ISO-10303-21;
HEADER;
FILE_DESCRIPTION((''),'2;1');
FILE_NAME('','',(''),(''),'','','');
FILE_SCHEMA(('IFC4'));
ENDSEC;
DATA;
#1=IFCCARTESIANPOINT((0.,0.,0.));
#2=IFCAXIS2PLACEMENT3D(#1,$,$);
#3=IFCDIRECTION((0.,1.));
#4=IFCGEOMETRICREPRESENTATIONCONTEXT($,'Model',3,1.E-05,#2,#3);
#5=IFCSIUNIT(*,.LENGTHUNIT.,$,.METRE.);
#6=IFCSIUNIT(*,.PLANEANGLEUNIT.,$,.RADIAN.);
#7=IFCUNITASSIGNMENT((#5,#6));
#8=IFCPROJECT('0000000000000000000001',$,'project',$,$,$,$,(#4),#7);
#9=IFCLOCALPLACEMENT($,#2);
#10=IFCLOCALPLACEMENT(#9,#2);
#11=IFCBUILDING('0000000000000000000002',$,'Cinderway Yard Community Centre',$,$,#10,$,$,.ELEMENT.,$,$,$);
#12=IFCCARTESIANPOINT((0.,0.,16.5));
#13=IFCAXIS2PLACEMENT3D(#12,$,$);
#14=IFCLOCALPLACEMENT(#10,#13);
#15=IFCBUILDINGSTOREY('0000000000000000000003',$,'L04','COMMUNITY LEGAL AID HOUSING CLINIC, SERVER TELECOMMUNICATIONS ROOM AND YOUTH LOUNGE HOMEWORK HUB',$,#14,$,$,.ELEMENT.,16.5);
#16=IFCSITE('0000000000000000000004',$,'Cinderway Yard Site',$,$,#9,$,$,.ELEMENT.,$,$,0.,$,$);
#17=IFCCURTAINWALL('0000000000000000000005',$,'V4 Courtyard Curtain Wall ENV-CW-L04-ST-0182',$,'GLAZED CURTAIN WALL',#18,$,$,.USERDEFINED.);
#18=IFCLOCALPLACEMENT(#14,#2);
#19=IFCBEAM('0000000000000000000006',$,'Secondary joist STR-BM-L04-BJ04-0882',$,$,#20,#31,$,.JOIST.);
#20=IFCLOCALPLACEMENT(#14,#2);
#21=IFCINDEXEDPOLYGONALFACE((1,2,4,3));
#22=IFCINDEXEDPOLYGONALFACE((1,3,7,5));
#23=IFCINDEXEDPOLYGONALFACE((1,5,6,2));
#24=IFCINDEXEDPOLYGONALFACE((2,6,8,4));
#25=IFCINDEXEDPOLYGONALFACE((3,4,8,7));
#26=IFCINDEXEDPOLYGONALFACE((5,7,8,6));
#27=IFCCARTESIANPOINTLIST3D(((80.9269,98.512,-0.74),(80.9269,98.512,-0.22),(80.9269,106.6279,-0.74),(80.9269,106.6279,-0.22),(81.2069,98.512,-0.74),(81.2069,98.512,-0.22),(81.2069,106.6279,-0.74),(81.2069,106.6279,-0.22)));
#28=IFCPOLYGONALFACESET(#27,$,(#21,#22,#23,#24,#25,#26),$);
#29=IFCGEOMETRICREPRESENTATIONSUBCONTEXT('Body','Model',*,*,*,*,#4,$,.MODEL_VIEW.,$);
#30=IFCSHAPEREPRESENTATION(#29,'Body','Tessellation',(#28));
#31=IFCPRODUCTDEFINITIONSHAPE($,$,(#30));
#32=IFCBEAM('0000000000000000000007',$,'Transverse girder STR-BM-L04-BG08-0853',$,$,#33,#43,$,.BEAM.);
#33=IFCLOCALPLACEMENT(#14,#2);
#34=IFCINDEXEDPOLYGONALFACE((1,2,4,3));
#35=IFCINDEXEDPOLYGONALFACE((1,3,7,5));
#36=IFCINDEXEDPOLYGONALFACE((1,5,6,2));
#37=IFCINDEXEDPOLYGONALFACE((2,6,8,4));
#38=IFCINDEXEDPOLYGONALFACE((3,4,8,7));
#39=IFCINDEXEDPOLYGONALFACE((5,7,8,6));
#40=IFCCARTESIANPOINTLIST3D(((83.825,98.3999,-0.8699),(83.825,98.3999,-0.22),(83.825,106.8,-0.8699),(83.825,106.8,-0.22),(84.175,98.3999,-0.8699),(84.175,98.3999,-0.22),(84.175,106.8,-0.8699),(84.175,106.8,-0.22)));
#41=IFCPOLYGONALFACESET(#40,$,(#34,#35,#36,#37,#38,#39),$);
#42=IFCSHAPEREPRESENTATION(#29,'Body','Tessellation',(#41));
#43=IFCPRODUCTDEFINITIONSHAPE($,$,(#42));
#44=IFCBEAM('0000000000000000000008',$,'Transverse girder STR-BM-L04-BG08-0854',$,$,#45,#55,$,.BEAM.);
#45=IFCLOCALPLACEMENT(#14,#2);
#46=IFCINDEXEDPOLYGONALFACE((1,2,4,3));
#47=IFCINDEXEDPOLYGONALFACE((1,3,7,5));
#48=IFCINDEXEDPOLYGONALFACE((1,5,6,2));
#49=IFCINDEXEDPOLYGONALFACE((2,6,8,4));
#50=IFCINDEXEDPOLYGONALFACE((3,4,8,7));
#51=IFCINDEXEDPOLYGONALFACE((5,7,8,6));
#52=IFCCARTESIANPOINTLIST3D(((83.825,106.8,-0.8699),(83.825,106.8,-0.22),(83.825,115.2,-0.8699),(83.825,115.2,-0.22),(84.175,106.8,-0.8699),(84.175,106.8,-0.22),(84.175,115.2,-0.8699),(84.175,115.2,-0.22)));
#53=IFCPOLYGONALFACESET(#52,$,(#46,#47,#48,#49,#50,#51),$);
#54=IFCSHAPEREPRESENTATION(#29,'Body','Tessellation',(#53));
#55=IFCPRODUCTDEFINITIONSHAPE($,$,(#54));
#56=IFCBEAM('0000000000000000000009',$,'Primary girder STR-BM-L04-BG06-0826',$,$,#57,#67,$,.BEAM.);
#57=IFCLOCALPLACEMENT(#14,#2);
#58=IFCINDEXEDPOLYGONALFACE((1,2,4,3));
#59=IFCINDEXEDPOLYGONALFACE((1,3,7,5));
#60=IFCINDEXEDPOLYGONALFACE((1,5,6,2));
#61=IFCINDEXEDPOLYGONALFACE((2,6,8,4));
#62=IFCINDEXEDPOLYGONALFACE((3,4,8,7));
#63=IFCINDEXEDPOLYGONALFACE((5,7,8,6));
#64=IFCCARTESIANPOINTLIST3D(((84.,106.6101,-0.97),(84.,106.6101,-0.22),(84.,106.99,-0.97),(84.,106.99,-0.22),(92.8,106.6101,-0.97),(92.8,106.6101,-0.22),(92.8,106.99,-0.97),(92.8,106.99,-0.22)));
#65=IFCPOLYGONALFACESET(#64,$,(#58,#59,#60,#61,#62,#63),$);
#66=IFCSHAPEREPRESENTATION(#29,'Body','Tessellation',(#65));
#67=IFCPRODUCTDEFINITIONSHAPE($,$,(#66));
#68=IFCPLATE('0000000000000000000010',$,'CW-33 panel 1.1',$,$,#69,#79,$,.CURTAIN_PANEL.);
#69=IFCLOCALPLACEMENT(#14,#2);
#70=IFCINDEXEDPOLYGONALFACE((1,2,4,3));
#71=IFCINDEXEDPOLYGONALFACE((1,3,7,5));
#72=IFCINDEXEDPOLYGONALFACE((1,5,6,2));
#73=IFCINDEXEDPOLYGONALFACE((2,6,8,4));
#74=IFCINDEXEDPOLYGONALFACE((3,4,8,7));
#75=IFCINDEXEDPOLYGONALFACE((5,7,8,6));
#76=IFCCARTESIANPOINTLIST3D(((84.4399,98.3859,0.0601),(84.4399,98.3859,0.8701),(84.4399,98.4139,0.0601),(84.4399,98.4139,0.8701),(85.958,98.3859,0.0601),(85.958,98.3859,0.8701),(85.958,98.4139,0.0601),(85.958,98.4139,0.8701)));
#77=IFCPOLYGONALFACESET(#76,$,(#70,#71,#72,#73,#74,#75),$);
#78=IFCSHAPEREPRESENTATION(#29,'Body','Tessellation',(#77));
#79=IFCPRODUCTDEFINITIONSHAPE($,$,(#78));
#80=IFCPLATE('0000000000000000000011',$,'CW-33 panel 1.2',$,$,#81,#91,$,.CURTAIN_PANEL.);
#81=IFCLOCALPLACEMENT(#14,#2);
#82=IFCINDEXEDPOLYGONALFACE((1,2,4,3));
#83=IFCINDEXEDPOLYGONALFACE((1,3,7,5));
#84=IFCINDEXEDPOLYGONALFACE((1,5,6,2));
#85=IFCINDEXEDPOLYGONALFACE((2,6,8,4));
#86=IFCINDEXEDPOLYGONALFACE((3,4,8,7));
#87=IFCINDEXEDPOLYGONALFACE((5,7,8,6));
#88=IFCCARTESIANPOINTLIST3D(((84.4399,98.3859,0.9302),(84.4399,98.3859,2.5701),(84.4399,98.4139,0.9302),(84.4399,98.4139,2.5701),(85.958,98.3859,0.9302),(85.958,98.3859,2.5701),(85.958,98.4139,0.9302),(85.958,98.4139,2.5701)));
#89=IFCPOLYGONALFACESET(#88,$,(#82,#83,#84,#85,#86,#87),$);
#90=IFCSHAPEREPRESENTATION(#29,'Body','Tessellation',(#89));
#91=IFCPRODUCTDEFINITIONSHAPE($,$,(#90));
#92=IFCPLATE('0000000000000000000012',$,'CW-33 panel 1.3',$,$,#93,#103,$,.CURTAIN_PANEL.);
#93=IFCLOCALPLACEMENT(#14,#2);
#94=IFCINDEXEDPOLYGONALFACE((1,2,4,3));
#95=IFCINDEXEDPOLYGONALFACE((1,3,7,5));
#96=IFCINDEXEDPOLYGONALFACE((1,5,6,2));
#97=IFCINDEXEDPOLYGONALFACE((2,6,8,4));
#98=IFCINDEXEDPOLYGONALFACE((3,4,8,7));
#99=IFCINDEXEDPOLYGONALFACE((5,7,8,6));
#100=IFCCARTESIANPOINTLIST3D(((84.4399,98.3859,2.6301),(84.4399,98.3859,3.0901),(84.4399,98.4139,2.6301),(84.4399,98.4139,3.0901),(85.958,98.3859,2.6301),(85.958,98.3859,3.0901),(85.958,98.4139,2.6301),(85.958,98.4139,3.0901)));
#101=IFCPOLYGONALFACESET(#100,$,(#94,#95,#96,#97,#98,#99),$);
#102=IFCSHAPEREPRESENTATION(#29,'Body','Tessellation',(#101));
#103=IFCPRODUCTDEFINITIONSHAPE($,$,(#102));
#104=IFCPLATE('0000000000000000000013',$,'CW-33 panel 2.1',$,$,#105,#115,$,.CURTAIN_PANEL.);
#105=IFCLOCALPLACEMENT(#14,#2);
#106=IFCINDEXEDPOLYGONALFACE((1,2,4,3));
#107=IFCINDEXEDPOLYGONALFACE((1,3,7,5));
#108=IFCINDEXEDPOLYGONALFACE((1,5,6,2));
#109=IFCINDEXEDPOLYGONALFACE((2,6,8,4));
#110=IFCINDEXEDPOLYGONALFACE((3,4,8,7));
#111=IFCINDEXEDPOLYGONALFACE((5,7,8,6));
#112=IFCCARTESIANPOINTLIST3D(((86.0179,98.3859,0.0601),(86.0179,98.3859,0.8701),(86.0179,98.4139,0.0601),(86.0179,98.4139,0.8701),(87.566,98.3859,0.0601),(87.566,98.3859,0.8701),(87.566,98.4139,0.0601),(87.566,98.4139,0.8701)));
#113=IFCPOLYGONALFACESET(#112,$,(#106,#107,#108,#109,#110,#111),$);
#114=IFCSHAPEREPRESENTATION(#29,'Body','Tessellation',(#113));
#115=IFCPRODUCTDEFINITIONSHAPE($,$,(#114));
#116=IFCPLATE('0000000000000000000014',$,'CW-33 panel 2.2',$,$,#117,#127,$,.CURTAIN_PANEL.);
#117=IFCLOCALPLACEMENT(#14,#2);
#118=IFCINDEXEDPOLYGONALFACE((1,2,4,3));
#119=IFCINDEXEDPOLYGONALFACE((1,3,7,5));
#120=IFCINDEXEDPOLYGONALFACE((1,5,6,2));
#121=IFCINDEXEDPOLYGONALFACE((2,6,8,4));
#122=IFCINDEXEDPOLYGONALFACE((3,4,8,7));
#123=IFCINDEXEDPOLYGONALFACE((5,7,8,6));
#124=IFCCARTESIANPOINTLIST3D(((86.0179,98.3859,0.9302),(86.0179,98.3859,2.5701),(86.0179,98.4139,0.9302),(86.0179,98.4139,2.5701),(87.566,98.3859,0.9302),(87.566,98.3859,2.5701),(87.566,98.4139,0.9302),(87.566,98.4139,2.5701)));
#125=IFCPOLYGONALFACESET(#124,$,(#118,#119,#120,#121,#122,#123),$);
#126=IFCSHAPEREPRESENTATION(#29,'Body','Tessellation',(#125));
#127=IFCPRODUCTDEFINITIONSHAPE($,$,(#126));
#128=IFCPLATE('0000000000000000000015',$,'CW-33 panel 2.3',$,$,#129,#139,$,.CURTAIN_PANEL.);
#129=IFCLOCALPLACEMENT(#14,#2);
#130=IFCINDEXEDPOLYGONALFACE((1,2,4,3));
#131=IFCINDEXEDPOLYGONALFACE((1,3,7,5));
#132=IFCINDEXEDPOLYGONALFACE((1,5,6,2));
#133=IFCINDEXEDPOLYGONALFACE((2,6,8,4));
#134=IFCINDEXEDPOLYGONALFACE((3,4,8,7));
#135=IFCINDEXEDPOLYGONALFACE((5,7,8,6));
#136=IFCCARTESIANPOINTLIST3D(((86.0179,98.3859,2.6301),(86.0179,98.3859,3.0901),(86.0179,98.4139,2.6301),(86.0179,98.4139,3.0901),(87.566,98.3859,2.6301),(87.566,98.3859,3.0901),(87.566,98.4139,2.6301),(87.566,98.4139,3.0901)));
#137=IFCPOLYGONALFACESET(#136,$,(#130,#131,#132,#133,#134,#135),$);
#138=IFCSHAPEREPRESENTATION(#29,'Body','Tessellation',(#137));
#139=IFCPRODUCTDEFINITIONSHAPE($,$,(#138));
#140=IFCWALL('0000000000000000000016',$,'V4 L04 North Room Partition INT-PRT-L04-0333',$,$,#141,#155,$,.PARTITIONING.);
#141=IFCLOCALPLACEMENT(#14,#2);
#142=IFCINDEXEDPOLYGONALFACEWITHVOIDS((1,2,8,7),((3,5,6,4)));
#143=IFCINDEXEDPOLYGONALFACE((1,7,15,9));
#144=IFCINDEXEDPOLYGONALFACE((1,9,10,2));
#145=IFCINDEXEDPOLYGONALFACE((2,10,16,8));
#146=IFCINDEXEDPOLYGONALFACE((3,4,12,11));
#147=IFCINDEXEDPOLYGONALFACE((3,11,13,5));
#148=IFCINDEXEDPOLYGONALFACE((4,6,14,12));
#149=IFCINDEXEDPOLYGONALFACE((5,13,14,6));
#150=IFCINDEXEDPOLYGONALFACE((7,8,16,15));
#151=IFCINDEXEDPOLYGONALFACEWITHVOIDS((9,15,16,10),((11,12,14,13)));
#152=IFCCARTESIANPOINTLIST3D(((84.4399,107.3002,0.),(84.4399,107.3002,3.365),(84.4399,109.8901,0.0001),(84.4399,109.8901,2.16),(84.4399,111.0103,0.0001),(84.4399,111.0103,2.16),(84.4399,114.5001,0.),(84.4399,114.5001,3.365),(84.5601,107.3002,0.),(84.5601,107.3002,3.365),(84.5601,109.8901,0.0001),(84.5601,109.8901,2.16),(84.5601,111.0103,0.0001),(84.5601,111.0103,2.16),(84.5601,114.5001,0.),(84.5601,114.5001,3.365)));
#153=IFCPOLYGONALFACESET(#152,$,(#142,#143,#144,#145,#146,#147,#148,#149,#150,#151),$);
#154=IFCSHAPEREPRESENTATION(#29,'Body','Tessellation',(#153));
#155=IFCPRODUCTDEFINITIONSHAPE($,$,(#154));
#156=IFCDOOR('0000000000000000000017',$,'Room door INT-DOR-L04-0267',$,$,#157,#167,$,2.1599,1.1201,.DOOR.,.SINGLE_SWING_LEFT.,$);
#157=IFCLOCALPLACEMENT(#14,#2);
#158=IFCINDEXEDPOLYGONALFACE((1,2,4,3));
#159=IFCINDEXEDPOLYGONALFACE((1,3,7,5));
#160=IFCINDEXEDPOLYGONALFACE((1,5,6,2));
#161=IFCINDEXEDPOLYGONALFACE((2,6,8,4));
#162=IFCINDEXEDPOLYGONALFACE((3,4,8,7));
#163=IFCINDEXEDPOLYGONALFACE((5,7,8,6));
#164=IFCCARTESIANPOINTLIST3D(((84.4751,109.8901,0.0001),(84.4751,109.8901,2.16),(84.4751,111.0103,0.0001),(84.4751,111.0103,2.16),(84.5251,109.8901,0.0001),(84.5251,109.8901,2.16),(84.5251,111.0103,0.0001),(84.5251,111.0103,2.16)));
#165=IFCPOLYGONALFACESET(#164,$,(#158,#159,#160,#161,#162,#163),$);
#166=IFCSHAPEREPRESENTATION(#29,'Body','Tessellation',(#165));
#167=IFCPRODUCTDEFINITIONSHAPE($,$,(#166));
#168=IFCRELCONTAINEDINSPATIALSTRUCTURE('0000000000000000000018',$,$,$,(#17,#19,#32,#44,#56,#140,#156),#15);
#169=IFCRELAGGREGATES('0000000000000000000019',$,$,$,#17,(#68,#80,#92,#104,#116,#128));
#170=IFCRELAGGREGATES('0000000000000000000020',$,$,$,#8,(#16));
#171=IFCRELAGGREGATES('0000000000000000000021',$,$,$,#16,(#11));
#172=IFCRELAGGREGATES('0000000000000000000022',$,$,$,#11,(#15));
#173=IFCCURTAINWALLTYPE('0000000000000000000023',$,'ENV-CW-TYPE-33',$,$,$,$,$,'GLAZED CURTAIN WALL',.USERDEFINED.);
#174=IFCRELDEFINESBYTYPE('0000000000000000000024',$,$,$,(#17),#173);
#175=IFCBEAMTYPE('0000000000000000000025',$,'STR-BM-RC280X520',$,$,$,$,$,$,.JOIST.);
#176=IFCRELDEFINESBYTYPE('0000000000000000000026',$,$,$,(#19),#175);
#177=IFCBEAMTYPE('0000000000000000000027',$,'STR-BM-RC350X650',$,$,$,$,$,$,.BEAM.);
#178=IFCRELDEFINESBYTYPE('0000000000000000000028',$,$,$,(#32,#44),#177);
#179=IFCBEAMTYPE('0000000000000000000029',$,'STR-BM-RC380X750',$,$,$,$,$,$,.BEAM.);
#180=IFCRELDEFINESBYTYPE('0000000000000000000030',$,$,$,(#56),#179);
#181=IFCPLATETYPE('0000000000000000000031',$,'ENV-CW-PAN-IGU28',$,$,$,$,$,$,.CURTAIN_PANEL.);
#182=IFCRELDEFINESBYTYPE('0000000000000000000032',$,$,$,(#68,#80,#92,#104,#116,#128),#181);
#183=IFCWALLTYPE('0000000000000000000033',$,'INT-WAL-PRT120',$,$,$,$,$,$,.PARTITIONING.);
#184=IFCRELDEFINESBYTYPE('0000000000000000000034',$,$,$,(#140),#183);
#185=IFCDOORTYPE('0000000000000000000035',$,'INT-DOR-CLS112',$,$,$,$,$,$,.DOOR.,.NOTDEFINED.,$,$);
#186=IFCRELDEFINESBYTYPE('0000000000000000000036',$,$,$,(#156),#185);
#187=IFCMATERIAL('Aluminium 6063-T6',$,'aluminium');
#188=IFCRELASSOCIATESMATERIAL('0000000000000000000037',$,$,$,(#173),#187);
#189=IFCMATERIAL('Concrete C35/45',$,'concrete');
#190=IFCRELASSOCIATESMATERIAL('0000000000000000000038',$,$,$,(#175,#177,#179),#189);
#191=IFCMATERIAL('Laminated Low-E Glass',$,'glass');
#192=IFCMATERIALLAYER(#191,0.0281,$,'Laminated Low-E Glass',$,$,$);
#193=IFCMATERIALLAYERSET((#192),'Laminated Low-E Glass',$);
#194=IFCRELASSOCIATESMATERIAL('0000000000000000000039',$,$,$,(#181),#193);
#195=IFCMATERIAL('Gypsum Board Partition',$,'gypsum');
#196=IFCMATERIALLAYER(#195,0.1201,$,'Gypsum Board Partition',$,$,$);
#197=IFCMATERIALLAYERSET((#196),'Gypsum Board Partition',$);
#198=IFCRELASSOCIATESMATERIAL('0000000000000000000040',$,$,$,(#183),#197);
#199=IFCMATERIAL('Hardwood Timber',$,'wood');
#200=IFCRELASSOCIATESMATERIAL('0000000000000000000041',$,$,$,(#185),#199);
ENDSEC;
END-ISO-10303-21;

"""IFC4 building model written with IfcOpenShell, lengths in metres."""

from ifc_helpers import new_model, si_unit, direction, frame, frame_2d, origin, origin_2d, place, context, subcontext, project, spatial, rectangle, extrude, material, layer, layer_set, material_profile, profile_set, type_object, element, fill, aggregate, save


model = new_model("IFC4")

# Units and contexts
model_context = context("Model", 3, precision=1e-05, world=origin(), true_north=direction((0.0, 1.0)))
body_context = subcontext(model_context, "Body", "Model", "MODEL_VIEW")
ifc_project = project(units=[si_unit("LENGTHUNIT", "METRE"), si_unit("PLANEANGLEUNIT", "RADIAN")], contexts=[model_context])

# Site, building, storey
site_placement = place(None, origin())
site = spatial("IfcSite", under=ifc_project, at=site_placement, Name="Cinderway Yard Site", CompositionType="ELEMENT", RefElevation=0.0)
building_placement = place(site_placement, origin())
building = spatial("IfcBuilding", under=site, at=building_placement, Name="Cinderway Yard Community Centre", CompositionType="ELEMENT")
storey_placement = place(building_placement, frame((0.0, 0.0, 16.5)))
storey = spatial("IfcBuildingStorey", under=building, at=storey_placement, Name="L04", Description="COMMUNITY LEGAL AID HOUSING CLINIC, SERVER TELECOMMUNICATIONS ROOM AND YOUTH LOUNGE HOMEWORK HUB", CompositionType="ELEMENT", Elevation=16.5)

# Curtain wall
ifc_material_1 = material(Name="Aluminium 6063-T6", Category="aluminium")
curtain_wall_type = type_object("IfcCurtainWallType", Name="ENV-CW-TYPE-33", ElementType="GLAZED CURTAIN WALL", PredefinedType="USERDEFINED", material=ifc_material_1)
curtain_wall_placement = place(storey_placement, origin())
curtain_wall = element("IfcCurtainWall", 1, at=curtain_wall_placement, inside=storey, type_object=curtain_wall_type, Name="V4 Courtyard Curtain Wall ENV-CW-L04-ST-0182", ObjectType="GLAZED CURTAIN WALL", PredefinedType="USERDEFINED")

# Beams
ifc_material_2 = material(Name="Concrete C35/45", Category="concrete")
ifc_material_profile_1 = material_profile(ifc_material_2, rectangle(XDim=0.28, YDim=0.52, at=origin_2d()), Name="Concrete C35/45")
ifc_profile_set_1 = profile_set([ifc_material_profile_1], Name="Concrete C35/45")
beam_type_1 = type_object("IfcBeamType", Name="STR-BM-RC280X520", PredefinedType="JOIST", material=ifc_profile_set_1)
for number, where, z_axis, x_axis, name in (
    (2, (81.0669, 98.512, -0.48), (0.0, 1.0, 0.0), (-1.0, 0.0, 0.0), "Secondary joist STR-BM-L04-BJ04-0882"),
):
    element("IfcBeam", number, at=place(storey_placement, frame(where, z_axis=z_axis, x_axis=x_axis)), inside=storey, type_object=beam_type_1, Name=name, PredefinedType="JOIST", context=body_context, shape_type="SweptSolid", body=[
        extrude(rectangle(XDim=0.28, YDim=0.52, at=origin_2d()), origin(), (0.0, 0.0, 1.0), 8.116),
    ])
ifc_material_profile_2 = material_profile(ifc_material_2, rectangle(XDim=0.3501, YDim=0.6499, at=origin_2d()), Name="Concrete C35/45")
ifc_profile_set_2 = profile_set([ifc_material_profile_2], Name="Concrete C35/45")
beam_type_2 = type_object("IfcBeamType", Name="STR-BM-RC350X650", PredefinedType="BEAM", material=ifc_profile_set_2)
beam_1_placement = place(storey_placement, frame((84.0, 98.3999, -0.5449), z_axis=(0.0, 1.0, 0.0), x_axis=(-1.0, 0.0, 0.0)))
element("IfcBeam", 3, at=beam_1_placement, inside=storey, type_object=beam_type_2, Name="Transverse girder STR-BM-L04-BG08-0853", PredefinedType="BEAM", context=body_context, shape_type="SweptSolid", body=[
    extrude(rectangle(XDim=0.3501, YDim=0.6499, at=origin_2d()), origin(), (0.0, 0.0, 1.0), 8.4001),
])
beam_2_placement = place(storey_placement, frame((84.0, 106.8, -0.5449), z_axis=(0.0, 1.0, 0.0), x_axis=(-1.0, 0.0, 0.0)))
element("IfcBeam", 4, at=beam_2_placement, inside=storey, type_object=beam_type_2, Name="Transverse girder STR-BM-L04-BG08-0854", PredefinedType="BEAM", context=body_context, shape_type="SweptSolid", body=[
    extrude(rectangle(XDim=0.3501, YDim=0.6499, at=origin_2d()), origin(), (0.0, 0.0, 1.0), 8.3999),
])
ifc_material_profile_3 = material_profile(ifc_material_2, rectangle(XDim=0.3799, YDim=0.75, at=origin_2d()), Name="Concrete C35/45")
ifc_profile_set_3 = profile_set([ifc_material_profile_3], Name="Concrete C35/45")
beam_type_3 = type_object("IfcBeamType", Name="STR-BM-RC380X750", PredefinedType="BEAM", material=ifc_profile_set_3)
beam_3_placement = place(storey_placement, frame((84.0, 106.8, -0.595), z_axis=(1.0, 0.0, 0.0), x_axis=(0.0, 1.0, 0.0)))
element("IfcBeam", 5, at=beam_3_placement, inside=storey, type_object=beam_type_3, Name="Primary girder STR-BM-L04-BG06-0826", PredefinedType="BEAM", context=body_context, shape_type="SweptSolid", body=[
    extrude(rectangle(XDim=0.3799, YDim=0.75, at=origin_2d()), origin(), (0.0, 0.0, 1.0), 8.8),
])

# Plates
ifc_material_3 = material(Name="Laminated Low-E Glass", Category="glass")
ifc_layer_1 = layer(ifc_material_3, 0.0281, Name="Laminated Low-E Glass")
ifc_layer_set_1 = layer_set([ifc_layer_1], Name="Laminated Low-E Glass")
plate_type = type_object("IfcPlateType", Name="ENV-CW-PAN-IGU28", PredefinedType="CURTAIN_PANEL", material=ifc_layer_set_1)
plate_1_placement = place(storey_placement, frame((85.199, 98.3999, 0.0601), z_axis=(0.0, 0.0, 1.0), x_axis=(1.0, 0.0, 0.0)))
plate_1 = element("IfcPlate", 6, at=plate_1_placement, type_object=plate_type, Name="CW-33 panel 1.1", PredefinedType="CURTAIN_PANEL", context=body_context, shape_type="SweptSolid", body=[
    extrude(rectangle(XDim=1.5181, YDim=0.0281, at=origin_2d()), origin(), (0.0, 0.0, 1.0), 0.8101),
])
plate_2_placement = place(storey_placement, frame((85.199, 98.3999, 0.9302), z_axis=(0.0, 0.0, 1.0), x_axis=(1.0, 0.0, 0.0)))
plate_2 = element("IfcPlate", 7, at=plate_2_placement, type_object=plate_type, Name="CW-33 panel 1.2", PredefinedType="CURTAIN_PANEL", context=body_context, shape_type="SweptSolid", body=[
    extrude(rectangle(XDim=1.5181, YDim=0.0281, at=origin_2d()), origin(), (0.0, 0.0, 1.0), 1.6399),
])
plate_3_placement = place(storey_placement, frame((85.199, 98.3999, 2.6301), z_axis=(0.0, 0.0, 1.0), x_axis=(1.0, 0.0, 0.0)))
plate_3 = element("IfcPlate", 8, at=plate_3_placement, type_object=plate_type, Name="CW-33 panel 1.3", PredefinedType="CURTAIN_PANEL", context=body_context, shape_type="SweptSolid", body=[
    extrude(rectangle(XDim=1.5181, YDim=0.0281, at=origin_2d()), origin(), (0.0, 0.0, 1.0), 0.46),
])
plate_4_placement = place(storey_placement, frame((86.792, 98.3999, 0.0601), z_axis=(0.0, 0.0, 1.0), x_axis=(1.0, 0.0, 0.0)))
plate_4 = element("IfcPlate", 9, at=plate_4_placement, type_object=plate_type, Name="CW-33 panel 2.1", PredefinedType="CURTAIN_PANEL", context=body_context, shape_type="SweptSolid", body=[
    extrude(rectangle(XDim=1.5481, YDim=0.0281, at=origin_2d()), origin(), (0.0, 0.0, 1.0), 0.8101),
])
plate_5_placement = place(storey_placement, frame((86.792, 98.3999, 0.9302), z_axis=(0.0, 0.0, 1.0), x_axis=(1.0, 0.0, 0.0)))
plate_5 = element("IfcPlate", 10, at=plate_5_placement, type_object=plate_type, Name="CW-33 panel 2.2", PredefinedType="CURTAIN_PANEL", context=body_context, shape_type="SweptSolid", body=[
    extrude(rectangle(XDim=1.5481, YDim=0.0281, at=origin_2d()), origin(), (0.0, 0.0, 1.0), 1.6399),
])
plate_6_placement = place(storey_placement, frame((86.792, 98.3999, 2.6301), z_axis=(0.0, 0.0, 1.0), x_axis=(1.0, 0.0, 0.0)))
plate_6 = element("IfcPlate", 11, at=plate_6_placement, type_object=plate_type, Name="CW-33 panel 2.3", PredefinedType="CURTAIN_PANEL", context=body_context, shape_type="SweptSolid", body=[
    extrude(rectangle(XDim=1.5481, YDim=0.0281, at=origin_2d()), origin(), (0.0, 0.0, 1.0), 0.46),
])
aggregate(curtain_wall, [plate_1, plate_2, plate_3, plate_4, plate_5, plate_6])

# Wall, opening, door
ifc_material_4 = material(Name="Gypsum Board Partition", Category="gypsum")
ifc_layer_2 = layer(ifc_material_4, 0.1201, Name="Gypsum Board Partition")
ifc_layer_set_2 = layer_set([ifc_layer_2], Name="Gypsum Board Partition")
wall_type_1 = type_object("IfcWallType", Name="INT-WAL-PRT120", PredefinedType="PARTITIONING", material=ifc_layer_set_2)
wall_1_placement = place(storey_placement, frame((84.5, 107.3, 0.0), z_axis=(0.0, 0.0, 1.0), x_axis=(0.0, 1.0, 0.0)))
wall_1 = element("IfcWall", 12, at=wall_1_placement, inside=storey, type_object=wall_type_1, Name="V4 L04 North Room Partition INT-PRT-L04-0333", PredefinedType="PARTITIONING", context=body_context, shape_type="SweptSolid", body=[
    extrude(rectangle(XDim=7.2, YDim=0.1201, at=frame_2d((3.6001, 0.0))), origin(), (0.0, 0.0, 1.0), 3.365),
])
opening_1_placement = place(wall_1_placement, frame((2.5901, 0.0, 0.0)))
opening_1 = element("IfcOpeningElement", 13, at=opening_1_placement, cuts=wall_1, PredefinedType="OPENING", context=body_context, shape_type="SweptSolid", body=[
    extrude(rectangle(XDim=1.1201, YDim=2.1599, at=frame_2d((0.5601, 1.0801))), frame((0.0, 0.0701, 0.0), z_axis=(0.0, -1.0, 0.0), x_axis=(1.0, 0.0, 0.0)), (0.0, 0.0, 1.0), 0.1401),
])
ifc_material_5 = material(Name="Hardwood Timber", Category="wood")
door_type_1 = type_object("IfcDoorType", Name="INT-DOR-CLS112", OperationType="NOTDEFINED", PredefinedType="DOOR", material=ifc_material_5)
door_1_placement = place(opening_1_placement, origin())
door_1 = element("IfcDoor", 14, at=door_1_placement, inside=storey, type_object=door_type_1, Name="Room door INT-DOR-L04-0267", OperationType="SINGLE_SWING_LEFT", OverallHeight=2.1599, OverallWidth=1.1201, PredefinedType="DOOR", context=body_context, shape_type="SweptSolid", body=[
    extrude(rectangle(XDim=1.1201, YDim=2.1599, at=frame_2d((0.5601, 1.0801))), frame((0.0, 0.0249, 0.0), z_axis=(0.0, -1.0, 0.0), x_axis=(1.0, 0.0, 0.0)), (0.0, 0.0, 1.0), 0.05),
])
fill(opening_1, door_1)

save(model, "model.ifc")
